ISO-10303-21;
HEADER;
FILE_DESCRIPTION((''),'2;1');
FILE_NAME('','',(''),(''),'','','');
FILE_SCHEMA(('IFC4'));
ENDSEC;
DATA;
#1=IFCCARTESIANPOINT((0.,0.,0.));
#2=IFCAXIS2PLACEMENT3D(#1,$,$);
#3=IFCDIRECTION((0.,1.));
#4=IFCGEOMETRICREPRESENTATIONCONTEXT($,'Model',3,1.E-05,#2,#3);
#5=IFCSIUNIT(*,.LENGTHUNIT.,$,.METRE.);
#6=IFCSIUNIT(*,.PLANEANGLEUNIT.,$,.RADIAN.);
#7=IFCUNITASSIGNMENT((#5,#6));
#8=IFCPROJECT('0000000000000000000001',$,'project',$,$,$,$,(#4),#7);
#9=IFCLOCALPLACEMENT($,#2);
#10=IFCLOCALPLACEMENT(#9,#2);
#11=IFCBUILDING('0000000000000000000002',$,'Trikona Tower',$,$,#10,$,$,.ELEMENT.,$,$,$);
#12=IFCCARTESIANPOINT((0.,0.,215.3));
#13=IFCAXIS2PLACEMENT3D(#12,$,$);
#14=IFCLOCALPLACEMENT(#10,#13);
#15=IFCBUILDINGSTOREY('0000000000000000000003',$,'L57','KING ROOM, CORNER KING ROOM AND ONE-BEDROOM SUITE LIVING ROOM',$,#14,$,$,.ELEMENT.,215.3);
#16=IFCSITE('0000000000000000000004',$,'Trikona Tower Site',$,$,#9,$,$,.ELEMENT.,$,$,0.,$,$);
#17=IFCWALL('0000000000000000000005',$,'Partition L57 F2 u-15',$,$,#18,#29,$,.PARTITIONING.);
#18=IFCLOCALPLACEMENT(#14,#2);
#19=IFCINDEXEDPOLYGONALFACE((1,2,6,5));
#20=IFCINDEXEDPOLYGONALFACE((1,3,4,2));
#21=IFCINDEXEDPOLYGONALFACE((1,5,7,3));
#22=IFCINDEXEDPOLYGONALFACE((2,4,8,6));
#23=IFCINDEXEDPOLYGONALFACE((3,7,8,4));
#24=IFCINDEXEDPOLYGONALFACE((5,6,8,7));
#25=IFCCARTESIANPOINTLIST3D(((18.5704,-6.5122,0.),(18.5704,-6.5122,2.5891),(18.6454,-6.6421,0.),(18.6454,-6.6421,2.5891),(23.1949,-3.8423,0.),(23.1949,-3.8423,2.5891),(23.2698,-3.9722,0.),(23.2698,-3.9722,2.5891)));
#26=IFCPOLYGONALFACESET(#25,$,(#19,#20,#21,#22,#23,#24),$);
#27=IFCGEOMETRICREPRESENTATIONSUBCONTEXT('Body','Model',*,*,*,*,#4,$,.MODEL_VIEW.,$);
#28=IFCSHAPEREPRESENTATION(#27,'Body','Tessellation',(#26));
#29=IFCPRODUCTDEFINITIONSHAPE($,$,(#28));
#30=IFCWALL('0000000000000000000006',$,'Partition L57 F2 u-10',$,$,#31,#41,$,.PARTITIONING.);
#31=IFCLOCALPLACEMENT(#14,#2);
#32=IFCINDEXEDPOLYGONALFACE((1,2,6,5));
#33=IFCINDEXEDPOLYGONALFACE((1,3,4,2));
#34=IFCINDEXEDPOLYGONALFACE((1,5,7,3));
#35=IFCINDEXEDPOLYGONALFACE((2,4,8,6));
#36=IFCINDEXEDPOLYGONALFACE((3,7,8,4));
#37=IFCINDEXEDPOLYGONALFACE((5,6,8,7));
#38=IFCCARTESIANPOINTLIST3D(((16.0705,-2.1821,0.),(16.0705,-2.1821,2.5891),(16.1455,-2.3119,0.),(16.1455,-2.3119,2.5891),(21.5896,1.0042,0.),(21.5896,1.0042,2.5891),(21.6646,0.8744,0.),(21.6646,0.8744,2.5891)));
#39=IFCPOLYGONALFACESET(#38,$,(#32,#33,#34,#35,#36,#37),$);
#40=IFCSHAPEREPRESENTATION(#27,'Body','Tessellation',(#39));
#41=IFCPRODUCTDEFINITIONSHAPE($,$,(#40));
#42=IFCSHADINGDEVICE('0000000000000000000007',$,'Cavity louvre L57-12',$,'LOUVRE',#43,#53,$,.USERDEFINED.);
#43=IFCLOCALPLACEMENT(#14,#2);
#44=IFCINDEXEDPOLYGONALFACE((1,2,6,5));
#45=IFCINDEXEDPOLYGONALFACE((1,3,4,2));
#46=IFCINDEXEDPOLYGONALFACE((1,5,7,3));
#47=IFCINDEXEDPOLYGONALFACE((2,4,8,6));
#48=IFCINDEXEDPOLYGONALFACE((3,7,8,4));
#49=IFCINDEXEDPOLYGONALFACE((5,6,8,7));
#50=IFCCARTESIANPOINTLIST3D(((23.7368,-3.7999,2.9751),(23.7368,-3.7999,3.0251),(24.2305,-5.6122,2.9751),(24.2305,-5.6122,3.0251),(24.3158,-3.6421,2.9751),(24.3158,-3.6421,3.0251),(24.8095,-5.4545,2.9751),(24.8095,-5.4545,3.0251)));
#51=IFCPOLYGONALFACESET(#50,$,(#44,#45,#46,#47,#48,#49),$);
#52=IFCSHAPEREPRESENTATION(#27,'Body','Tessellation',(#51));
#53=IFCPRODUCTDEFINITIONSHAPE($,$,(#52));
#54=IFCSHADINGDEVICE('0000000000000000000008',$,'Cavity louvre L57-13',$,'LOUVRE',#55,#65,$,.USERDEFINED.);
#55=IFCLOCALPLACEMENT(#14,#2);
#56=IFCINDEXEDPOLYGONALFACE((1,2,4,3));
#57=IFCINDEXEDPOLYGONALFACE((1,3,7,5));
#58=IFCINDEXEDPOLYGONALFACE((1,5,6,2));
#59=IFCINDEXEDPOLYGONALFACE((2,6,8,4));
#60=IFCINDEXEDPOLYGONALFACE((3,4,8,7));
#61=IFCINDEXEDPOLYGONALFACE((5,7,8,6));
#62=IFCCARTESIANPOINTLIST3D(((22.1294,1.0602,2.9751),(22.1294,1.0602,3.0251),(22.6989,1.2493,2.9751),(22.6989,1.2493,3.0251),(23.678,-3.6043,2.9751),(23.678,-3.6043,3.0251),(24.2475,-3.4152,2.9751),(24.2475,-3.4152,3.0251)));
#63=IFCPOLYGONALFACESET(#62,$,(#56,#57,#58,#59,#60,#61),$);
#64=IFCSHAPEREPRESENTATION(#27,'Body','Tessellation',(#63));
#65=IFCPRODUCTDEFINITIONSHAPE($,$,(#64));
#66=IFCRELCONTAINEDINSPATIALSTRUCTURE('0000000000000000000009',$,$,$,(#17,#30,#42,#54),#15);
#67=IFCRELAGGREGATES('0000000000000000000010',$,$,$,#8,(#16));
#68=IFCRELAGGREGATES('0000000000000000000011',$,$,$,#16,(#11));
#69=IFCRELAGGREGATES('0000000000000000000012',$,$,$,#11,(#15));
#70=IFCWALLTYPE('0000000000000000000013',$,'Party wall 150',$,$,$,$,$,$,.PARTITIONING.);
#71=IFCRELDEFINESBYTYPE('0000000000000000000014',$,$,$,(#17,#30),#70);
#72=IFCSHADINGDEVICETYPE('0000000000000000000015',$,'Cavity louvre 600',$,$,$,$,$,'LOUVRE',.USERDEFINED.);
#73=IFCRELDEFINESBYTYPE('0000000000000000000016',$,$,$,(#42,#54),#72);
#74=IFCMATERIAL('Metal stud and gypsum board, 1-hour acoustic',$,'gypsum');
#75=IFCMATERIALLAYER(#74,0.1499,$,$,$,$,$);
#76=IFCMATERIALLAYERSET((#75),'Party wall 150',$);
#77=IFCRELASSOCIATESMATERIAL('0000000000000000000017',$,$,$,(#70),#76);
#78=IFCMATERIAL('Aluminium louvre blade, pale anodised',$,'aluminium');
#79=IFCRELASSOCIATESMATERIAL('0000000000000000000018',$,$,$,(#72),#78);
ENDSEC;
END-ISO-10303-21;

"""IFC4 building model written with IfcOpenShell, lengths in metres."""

from ifc_helpers import new_model, si_unit, direction, frame, frame_2d, origin, origin_2d, place, context, subcontext, project, spatial, rectangle, extrude, material, layer, layer_set, type_object, element, save


model = new_model("IFC4")

# Units and contexts
model_context = context("Model", 3, precision=1e-05, world=origin(), true_north=direction((0.0, 1.0)))
body_context = subcontext(model_context, "Body", "Model", "MODEL_VIEW")
ifc_project = project(units=[si_unit("LENGTHUNIT", "METRE"), si_unit("PLANEANGLEUNIT", "RADIAN")], contexts=[model_context])

# Site, building, storey
site_placement = place(None, origin())
site = spatial("IfcSite", under=ifc_project, at=site_placement, Name="Trikona Tower Site", CompositionType="ELEMENT", RefElevation=0.0)
building_placement = place(site_placement, origin())
building = spatial("IfcBuilding", under=site, at=building_placement, Name="Trikona Tower", CompositionType="ELEMENT")
storey_placement = place(building_placement, frame((0.0, 0.0, 215.3)))
storey = spatial("IfcBuildingStorey", under=building, at=storey_placement, Name="L57", Description="KING ROOM, CORNER KING ROOM AND ONE-BEDROOM SUITE LIVING ROOM", CompositionType="ELEMENT", Elevation=215.3)

# Walls
ifc_material_1 = material(Name="Metal stud and gypsum board, 1-hour acoustic", Category="gypsum")
ifc_layer_1 = layer(ifc_material_1, 0.1499)
ifc_layer_set_1 = layer_set([ifc_layer_1], Name="Party wall 150")
wall_type_1 = type_object("IfcWallType", Name="Party wall 150", PredefinedType="PARTITIONING", material=ifc_layer_set_1)
wall_1_placement = place(storey_placement, frame((18.6079, -6.5771, 0.0), z_axis=(0.0, 0.0, 1.0), x_axis=(0.866029, 0.499994, 0.0)))
element("IfcWall", 1, at=wall_1_placement, inside=storey, type_object=wall_type_1, Name="Partition L57 F2 u-15", PredefinedType="PARTITIONING", context=body_context, shape_type="SweptSolid", body=[
    extrude(rectangle(XDim=5.3398, YDim=0.1499, at=frame_2d((2.6699, 0.0))), origin(), (0.0, 0.0, 1.0), 2.5891),
])
wall_2_placement = place(storey_placement, frame((16.1079, -2.2471, 0.0), z_axis=(0.0, 0.0, 1.0), x_axis=(0.866035, 0.499983, 0.0)))
element("IfcWall", 2, at=wall_2_placement, inside=storey, type_object=wall_type_1, Name="Partition L57 F2 u-10", PredefinedType="PARTITIONING", context=body_context, shape_type="SweptSolid", body=[
    extrude(rectangle(XDim=6.3728, YDim=0.1499, at=frame_2d((3.1865, 0.0))), origin(), (0.0, 0.0, 1.0), 2.5891),
])

# Shading devices
ifc_material_2 = material(Name="Aluminium louvre blade, pale anodised", Category="aluminium")
shading_device_type = type_object("IfcShadingDeviceType", Name="Cavity louvre 600", ElementType="LOUVRE", PredefinedType="USERDEFINED", material=ifc_material_2)
shading_device_1_placement = place(storey_placement, frame((24.2732, -4.6272, 2.9751), z_axis=(0.0, 0.0, 1.0), x_axis=(-0.262822, 0.964844, 0.0)))
element("IfcShadingDevice", 3, at=shading_device_1_placement, inside=storey, type_object=shading_device_type, Name="Cavity louvre L57-12", ObjectType="LOUVRE", PredefinedType="USERDEFINED", context=body_context, shape_type="SweptSolid", body=[
    extrude(rectangle(XDim=1.8784, YDim=0.6001, at=origin_2d()), origin(), (0.0, 0.0, 1.0), 0.05),
])
shading_device_2_placement = place(storey_placement, frame((23.1885, -1.1775, 2.9751), z_axis=(0.0, 0.0, 1.0), x_axis=(-0.315093, 0.949061, 0.0)))
element("IfcShadingDevice", 4, at=shading_device_2_placement, inside=storey, type_object=shading_device_type, Name="Cavity louvre L57-13", ObjectType="LOUVRE", PredefinedType="USERDEFINED", context=body_context, shape_type="SweptSolid", body=[
    extrude(rectangle(XDim=4.9148, YDim=0.6001, at=origin_2d()), origin(), (0.0, 0.0, 1.0), 0.05),
])

save(model, "model.ifc")
